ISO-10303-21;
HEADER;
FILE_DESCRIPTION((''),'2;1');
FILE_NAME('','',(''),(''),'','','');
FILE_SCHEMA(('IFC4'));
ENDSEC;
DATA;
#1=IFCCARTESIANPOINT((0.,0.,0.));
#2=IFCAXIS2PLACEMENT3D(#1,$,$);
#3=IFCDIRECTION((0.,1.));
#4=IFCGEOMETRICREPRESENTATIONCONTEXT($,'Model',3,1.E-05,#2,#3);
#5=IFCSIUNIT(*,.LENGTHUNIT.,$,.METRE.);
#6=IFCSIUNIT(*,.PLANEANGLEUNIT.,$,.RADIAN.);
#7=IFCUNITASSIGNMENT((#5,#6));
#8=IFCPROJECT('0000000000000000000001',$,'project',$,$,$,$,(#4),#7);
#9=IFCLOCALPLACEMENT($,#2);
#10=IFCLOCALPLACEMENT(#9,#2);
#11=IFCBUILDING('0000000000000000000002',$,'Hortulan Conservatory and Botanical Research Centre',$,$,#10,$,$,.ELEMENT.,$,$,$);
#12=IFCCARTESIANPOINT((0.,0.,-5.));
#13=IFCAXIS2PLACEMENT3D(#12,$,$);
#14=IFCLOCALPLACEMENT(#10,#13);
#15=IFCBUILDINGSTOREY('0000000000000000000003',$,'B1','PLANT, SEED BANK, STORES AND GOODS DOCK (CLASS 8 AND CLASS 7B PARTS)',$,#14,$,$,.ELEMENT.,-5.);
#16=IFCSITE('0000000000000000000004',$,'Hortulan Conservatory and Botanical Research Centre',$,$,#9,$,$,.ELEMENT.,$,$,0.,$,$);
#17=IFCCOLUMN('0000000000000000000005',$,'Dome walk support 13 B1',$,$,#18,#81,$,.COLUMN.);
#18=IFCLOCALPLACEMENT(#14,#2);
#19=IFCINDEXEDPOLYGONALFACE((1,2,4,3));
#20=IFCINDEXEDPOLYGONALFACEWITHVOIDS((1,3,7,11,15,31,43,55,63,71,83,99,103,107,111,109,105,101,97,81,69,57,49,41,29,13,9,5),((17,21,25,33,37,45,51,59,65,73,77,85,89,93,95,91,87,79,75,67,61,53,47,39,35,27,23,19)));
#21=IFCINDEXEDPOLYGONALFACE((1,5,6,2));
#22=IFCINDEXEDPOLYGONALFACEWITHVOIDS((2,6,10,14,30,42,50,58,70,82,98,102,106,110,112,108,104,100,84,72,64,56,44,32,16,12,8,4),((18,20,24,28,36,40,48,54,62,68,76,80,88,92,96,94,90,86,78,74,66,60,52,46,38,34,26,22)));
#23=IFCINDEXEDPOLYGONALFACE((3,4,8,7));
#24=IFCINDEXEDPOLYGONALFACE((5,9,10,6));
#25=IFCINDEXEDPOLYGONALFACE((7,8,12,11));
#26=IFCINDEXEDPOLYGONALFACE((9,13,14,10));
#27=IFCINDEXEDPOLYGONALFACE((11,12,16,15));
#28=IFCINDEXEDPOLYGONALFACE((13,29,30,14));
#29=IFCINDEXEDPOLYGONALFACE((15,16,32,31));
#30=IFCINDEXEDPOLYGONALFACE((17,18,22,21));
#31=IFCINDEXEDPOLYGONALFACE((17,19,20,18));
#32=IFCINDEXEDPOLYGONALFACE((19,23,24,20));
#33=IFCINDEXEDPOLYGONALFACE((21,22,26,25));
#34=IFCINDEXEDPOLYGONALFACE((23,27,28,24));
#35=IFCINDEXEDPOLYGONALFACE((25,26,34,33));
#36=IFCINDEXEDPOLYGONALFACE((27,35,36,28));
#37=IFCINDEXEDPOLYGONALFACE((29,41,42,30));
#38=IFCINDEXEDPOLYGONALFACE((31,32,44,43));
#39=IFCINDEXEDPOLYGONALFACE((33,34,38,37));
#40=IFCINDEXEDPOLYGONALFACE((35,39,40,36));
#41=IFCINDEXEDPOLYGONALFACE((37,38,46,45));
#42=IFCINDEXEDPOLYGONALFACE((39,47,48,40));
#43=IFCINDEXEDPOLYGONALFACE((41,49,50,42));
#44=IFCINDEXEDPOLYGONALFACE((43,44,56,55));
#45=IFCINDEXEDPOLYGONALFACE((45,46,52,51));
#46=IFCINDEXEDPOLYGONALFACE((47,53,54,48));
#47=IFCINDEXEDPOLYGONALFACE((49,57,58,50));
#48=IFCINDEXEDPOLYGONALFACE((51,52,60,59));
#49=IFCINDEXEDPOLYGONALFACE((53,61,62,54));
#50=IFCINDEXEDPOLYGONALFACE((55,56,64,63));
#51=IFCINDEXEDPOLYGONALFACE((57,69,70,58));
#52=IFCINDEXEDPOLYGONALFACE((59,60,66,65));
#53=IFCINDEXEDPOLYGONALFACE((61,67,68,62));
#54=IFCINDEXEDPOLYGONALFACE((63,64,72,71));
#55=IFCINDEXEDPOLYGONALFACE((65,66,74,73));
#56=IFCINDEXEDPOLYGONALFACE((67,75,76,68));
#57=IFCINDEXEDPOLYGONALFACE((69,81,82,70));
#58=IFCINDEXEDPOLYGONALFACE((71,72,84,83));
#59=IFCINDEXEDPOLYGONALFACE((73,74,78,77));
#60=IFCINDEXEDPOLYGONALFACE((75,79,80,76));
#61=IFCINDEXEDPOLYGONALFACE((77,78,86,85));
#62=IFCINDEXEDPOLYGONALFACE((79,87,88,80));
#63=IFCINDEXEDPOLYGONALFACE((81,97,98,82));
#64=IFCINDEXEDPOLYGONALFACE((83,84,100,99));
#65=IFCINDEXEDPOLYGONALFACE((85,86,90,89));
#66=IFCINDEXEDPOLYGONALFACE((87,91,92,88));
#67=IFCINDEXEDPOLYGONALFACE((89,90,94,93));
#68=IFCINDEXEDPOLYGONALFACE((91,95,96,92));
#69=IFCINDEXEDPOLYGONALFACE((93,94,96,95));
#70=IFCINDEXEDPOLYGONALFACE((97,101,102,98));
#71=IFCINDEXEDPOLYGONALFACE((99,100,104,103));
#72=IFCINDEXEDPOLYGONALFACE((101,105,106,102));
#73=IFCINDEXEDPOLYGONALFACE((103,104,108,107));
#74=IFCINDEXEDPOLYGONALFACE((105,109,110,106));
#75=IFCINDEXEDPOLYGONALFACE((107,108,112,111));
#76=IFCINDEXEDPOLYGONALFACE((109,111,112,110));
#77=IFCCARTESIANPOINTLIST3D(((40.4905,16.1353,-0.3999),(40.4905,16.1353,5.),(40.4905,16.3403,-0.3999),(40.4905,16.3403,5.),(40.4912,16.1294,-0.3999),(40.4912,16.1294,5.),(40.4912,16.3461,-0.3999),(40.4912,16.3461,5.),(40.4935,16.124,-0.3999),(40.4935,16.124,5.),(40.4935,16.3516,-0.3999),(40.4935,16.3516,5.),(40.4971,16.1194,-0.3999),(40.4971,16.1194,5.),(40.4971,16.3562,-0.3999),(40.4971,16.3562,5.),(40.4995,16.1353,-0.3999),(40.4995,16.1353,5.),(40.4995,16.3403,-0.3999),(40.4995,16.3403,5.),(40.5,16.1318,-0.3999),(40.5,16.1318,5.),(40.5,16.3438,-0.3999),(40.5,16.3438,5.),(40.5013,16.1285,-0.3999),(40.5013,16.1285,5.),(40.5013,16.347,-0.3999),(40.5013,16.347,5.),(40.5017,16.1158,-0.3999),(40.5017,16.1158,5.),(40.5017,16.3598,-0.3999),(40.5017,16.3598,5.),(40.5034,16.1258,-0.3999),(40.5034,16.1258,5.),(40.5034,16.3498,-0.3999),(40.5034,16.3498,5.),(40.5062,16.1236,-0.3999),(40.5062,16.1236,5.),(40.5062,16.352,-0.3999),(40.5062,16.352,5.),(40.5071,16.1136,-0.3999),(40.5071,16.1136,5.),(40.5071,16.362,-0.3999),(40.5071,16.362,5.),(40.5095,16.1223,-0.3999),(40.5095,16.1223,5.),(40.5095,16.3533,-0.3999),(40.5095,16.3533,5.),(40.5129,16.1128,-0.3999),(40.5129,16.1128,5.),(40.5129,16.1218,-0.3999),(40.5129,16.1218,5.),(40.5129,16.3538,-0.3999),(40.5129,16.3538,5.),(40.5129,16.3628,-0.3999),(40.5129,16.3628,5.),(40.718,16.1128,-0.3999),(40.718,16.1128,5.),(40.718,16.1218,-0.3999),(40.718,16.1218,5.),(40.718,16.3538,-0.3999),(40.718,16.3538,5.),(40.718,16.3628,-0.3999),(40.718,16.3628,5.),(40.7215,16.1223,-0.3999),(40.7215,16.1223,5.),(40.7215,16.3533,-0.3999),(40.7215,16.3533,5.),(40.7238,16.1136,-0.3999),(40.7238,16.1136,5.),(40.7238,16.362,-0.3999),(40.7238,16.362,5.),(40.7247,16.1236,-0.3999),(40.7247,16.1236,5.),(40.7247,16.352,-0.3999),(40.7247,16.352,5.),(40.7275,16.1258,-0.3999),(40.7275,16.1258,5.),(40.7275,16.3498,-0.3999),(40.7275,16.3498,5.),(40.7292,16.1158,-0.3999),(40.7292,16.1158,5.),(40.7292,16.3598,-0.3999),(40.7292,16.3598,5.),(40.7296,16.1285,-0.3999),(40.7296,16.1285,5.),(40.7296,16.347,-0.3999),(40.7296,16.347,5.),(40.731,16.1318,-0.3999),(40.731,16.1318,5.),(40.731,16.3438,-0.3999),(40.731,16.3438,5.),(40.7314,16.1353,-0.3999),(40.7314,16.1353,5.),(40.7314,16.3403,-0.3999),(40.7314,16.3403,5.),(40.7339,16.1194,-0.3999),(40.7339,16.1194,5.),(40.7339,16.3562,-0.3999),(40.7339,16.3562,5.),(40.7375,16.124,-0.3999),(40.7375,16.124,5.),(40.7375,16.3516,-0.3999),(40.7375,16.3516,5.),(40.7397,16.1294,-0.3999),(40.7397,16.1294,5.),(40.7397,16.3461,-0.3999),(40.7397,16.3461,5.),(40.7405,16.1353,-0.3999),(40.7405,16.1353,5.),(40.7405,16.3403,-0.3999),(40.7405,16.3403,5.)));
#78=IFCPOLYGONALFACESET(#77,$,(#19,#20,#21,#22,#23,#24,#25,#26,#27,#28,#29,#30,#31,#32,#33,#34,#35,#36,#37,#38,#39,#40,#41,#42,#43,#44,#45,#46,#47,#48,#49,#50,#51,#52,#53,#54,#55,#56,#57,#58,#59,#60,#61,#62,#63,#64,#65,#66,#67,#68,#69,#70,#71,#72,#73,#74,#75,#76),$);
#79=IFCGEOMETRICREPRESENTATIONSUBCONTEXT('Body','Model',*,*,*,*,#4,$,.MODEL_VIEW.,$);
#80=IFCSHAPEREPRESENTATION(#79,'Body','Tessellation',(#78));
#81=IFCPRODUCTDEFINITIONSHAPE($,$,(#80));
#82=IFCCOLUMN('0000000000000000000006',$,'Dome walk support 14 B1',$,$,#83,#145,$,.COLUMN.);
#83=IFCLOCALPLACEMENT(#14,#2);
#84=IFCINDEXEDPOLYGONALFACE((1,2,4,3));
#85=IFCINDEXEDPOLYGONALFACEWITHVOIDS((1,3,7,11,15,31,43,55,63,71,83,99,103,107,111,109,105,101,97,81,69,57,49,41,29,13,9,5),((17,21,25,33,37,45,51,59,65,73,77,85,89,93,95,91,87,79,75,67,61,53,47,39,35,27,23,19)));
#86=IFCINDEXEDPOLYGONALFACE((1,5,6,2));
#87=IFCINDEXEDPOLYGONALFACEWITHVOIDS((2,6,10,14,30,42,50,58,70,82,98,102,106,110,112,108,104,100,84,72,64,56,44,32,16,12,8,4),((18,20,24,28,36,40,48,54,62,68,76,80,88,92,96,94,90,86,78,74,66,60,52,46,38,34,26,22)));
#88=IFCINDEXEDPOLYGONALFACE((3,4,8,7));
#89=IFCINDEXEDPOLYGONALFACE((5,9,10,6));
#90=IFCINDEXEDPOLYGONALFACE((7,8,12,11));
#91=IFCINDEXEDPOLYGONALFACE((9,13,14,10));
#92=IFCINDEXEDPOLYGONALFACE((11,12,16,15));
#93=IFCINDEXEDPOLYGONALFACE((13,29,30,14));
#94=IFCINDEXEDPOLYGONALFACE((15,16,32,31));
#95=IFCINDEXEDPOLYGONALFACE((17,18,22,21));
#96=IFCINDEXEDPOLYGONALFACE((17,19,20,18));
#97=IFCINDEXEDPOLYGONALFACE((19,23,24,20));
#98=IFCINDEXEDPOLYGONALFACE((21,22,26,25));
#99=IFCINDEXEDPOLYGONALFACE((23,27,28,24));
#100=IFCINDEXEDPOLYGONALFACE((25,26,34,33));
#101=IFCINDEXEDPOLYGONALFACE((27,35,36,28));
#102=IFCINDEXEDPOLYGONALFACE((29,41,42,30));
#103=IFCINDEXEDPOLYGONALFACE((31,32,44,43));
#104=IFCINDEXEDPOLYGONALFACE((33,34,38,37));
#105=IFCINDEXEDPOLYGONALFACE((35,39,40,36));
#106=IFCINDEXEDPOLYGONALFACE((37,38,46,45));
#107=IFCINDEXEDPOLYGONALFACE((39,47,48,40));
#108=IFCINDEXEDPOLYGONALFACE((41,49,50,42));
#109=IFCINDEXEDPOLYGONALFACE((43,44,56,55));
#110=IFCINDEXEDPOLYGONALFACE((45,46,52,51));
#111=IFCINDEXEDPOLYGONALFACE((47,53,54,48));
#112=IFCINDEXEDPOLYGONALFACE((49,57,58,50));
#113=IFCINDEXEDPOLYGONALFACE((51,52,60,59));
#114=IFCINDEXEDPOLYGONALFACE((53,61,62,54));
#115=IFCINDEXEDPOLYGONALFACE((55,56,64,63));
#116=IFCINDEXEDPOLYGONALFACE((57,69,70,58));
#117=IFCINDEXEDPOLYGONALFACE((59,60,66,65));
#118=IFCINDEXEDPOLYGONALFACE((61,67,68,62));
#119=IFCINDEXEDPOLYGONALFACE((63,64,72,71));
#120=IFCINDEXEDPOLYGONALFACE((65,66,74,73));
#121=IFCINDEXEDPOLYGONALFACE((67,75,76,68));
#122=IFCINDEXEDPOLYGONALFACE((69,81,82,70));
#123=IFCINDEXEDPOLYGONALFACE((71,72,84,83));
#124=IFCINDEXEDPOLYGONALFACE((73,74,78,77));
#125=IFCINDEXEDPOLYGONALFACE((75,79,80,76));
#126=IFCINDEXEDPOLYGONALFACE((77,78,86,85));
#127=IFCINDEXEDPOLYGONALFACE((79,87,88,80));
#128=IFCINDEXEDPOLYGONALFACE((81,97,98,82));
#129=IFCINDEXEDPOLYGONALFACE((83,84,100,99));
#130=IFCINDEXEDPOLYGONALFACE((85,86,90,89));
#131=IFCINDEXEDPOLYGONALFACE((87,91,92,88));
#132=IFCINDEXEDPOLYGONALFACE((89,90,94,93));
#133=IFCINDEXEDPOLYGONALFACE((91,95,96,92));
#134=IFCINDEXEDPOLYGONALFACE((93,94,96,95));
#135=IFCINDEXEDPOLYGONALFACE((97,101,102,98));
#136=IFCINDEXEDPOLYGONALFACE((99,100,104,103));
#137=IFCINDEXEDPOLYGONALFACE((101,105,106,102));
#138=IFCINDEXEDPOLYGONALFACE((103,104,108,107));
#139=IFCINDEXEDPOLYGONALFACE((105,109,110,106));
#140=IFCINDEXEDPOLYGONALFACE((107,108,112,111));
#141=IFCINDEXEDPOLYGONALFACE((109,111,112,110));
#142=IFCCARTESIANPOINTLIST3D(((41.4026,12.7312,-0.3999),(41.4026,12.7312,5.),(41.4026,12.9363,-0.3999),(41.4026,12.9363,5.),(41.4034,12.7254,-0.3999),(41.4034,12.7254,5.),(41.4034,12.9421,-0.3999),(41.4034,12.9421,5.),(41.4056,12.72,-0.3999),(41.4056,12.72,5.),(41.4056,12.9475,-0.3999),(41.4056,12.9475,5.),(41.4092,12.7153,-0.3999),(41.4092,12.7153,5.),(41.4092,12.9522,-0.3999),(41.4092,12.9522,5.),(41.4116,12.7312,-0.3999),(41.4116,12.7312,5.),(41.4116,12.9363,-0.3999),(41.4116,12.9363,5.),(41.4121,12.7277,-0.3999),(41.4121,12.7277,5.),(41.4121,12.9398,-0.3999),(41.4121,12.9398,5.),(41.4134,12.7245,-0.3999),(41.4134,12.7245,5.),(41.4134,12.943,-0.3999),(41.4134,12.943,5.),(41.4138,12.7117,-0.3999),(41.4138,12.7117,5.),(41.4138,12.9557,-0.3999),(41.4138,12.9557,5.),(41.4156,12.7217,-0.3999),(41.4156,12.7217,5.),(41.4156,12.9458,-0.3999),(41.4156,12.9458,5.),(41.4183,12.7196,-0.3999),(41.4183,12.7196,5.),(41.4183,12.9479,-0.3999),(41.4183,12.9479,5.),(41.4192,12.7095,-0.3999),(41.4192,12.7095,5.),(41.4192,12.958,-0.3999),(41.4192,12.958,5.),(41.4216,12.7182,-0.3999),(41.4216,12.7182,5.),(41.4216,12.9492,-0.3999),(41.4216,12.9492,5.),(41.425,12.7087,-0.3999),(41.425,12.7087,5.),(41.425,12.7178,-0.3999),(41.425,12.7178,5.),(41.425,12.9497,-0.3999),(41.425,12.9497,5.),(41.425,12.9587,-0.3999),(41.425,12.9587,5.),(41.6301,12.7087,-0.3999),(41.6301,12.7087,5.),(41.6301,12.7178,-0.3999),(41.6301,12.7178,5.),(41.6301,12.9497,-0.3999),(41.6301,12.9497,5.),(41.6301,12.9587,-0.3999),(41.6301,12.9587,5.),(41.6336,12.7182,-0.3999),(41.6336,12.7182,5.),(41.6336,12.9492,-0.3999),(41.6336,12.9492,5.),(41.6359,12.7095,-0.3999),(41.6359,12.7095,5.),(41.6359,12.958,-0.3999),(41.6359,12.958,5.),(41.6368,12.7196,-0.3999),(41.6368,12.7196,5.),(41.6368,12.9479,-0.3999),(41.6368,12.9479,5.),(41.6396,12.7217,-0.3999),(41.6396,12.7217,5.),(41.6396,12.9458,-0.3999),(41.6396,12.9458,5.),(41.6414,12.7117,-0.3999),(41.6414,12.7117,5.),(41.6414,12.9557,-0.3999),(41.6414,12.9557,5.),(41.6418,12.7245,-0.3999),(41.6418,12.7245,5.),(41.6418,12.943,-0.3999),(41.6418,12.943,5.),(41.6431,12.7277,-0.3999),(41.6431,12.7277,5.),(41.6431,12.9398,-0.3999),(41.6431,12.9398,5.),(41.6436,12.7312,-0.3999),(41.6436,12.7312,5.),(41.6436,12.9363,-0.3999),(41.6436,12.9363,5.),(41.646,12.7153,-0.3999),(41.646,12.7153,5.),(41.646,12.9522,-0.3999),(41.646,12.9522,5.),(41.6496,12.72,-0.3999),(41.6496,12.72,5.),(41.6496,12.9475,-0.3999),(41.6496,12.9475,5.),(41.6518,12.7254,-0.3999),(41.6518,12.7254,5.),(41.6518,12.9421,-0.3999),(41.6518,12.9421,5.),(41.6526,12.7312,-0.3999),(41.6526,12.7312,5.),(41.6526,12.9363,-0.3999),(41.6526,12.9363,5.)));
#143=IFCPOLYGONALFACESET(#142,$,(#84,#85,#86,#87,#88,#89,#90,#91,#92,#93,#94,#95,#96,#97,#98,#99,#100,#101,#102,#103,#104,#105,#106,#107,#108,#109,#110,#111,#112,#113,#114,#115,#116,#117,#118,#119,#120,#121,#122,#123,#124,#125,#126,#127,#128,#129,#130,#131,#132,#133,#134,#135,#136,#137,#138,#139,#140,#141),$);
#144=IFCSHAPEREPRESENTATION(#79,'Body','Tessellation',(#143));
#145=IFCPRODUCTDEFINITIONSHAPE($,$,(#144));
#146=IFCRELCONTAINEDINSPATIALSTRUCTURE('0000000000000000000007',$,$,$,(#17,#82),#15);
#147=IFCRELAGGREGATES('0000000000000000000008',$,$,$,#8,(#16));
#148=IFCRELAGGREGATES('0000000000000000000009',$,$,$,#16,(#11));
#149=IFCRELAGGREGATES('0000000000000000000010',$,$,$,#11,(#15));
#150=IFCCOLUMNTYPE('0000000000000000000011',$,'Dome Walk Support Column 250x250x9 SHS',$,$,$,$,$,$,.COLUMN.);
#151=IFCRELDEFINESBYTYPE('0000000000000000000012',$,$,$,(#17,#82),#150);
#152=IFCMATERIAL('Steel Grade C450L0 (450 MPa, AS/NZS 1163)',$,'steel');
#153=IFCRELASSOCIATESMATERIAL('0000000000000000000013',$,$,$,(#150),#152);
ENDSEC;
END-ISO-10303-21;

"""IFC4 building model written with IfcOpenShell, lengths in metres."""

from ifc_helpers import new_model, si_unit, direction, frame, origin, origin_2d, place, context, subcontext, project, spatial, hollow_rectangle, extrude, material, material_profile, profile_set, type_object, element, save


model = new_model("IFC4")

# Units and contexts
model_context = context("Model", 3, precision=1e-05, world=origin(), true_north=direction((0.0, 1.0)))
body_context = subcontext(model_context, "Body", "Model", "MODEL_VIEW")
ifc_project = project(units=[si_unit("LENGTHUNIT", "METRE"), si_unit("PLANEANGLEUNIT", "RADIAN")], contexts=[model_context])

# Site, building, storey
site_placement = place(None, origin())
site = spatial("IfcSite", under=ifc_project, at=site_placement, Name="Hortulan Conservatory and Botanical Research Centre", CompositionType="ELEMENT", RefElevation=0.0)
building_placement = place(site_placement, origin())
building = spatial("IfcBuilding", under=site, at=building_placement, Name="Hortulan Conservatory and Botanical Research Centre", CompositionType="ELEMENT")
storey_placement = place(building_placement, frame((0.0, 0.0, -5.0)))
storey = spatial("IfcBuildingStorey", under=building, at=storey_placement, Name="B1", Description="PLANT, SEED BANK, STORES AND GOODS DOCK (CLASS 8 AND CLASS 7B PARTS)", CompositionType="ELEMENT", Elevation=-5.0)

# Columns
ifc_material_1 = material(Name="Steel Grade C450L0 (450 MPa, AS/NZS 1163)", Category="steel")
ifc_material_profile_1 = material_profile(ifc_material_1, hollow_rectangle(XDim=0.25, YDim=0.25, WallThickness=0.009, InnerFilletRadius=0.0134, OuterFilletRadius=0.0225, at=origin_2d()), Name="250x250x9SHS")
ifc_profile_set_1 = profile_set([ifc_material_profile_1], Name="Steel Grade C450L0 (450 MPa, AS/NZS 1163)")
column_type_1 = type_object("IfcColumnType", Name="Dome Walk Support Column 250x250x9 SHS", PredefinedType="COLUMN", material=ifc_profile_set_1)
for number, where, z_axis, x_axis, name in (
    (1, (40.6155, 16.2378, -0.3999), (0.0, 0.0, 1.0), (1.0, 0.0, 0.0), "Dome walk support 13 B1"),
    (2, (41.5276, 12.8337, -0.3999), (0.0, 0.0, 1.0), (1.0, 0.0, 0.0), "Dome walk support 14 B1"),
):
    element("IfcColumn", number, at=place(storey_placement, frame(where, z_axis=z_axis, x_axis=x_axis)), inside=storey, type_object=column_type_1, Name=name, PredefinedType="COLUMN", context=body_context, shape_type="SweptSolid", body=[
        extrude(hollow_rectangle(XDim=0.25, YDim=0.25, WallThickness=0.009, InnerFilletRadius=0.0134, OuterFilletRadius=0.0225, at=origin_2d()), origin(), (0.0, 0.0, 1.0), 5.3999),
    ])

save(model, "model.ifc")
